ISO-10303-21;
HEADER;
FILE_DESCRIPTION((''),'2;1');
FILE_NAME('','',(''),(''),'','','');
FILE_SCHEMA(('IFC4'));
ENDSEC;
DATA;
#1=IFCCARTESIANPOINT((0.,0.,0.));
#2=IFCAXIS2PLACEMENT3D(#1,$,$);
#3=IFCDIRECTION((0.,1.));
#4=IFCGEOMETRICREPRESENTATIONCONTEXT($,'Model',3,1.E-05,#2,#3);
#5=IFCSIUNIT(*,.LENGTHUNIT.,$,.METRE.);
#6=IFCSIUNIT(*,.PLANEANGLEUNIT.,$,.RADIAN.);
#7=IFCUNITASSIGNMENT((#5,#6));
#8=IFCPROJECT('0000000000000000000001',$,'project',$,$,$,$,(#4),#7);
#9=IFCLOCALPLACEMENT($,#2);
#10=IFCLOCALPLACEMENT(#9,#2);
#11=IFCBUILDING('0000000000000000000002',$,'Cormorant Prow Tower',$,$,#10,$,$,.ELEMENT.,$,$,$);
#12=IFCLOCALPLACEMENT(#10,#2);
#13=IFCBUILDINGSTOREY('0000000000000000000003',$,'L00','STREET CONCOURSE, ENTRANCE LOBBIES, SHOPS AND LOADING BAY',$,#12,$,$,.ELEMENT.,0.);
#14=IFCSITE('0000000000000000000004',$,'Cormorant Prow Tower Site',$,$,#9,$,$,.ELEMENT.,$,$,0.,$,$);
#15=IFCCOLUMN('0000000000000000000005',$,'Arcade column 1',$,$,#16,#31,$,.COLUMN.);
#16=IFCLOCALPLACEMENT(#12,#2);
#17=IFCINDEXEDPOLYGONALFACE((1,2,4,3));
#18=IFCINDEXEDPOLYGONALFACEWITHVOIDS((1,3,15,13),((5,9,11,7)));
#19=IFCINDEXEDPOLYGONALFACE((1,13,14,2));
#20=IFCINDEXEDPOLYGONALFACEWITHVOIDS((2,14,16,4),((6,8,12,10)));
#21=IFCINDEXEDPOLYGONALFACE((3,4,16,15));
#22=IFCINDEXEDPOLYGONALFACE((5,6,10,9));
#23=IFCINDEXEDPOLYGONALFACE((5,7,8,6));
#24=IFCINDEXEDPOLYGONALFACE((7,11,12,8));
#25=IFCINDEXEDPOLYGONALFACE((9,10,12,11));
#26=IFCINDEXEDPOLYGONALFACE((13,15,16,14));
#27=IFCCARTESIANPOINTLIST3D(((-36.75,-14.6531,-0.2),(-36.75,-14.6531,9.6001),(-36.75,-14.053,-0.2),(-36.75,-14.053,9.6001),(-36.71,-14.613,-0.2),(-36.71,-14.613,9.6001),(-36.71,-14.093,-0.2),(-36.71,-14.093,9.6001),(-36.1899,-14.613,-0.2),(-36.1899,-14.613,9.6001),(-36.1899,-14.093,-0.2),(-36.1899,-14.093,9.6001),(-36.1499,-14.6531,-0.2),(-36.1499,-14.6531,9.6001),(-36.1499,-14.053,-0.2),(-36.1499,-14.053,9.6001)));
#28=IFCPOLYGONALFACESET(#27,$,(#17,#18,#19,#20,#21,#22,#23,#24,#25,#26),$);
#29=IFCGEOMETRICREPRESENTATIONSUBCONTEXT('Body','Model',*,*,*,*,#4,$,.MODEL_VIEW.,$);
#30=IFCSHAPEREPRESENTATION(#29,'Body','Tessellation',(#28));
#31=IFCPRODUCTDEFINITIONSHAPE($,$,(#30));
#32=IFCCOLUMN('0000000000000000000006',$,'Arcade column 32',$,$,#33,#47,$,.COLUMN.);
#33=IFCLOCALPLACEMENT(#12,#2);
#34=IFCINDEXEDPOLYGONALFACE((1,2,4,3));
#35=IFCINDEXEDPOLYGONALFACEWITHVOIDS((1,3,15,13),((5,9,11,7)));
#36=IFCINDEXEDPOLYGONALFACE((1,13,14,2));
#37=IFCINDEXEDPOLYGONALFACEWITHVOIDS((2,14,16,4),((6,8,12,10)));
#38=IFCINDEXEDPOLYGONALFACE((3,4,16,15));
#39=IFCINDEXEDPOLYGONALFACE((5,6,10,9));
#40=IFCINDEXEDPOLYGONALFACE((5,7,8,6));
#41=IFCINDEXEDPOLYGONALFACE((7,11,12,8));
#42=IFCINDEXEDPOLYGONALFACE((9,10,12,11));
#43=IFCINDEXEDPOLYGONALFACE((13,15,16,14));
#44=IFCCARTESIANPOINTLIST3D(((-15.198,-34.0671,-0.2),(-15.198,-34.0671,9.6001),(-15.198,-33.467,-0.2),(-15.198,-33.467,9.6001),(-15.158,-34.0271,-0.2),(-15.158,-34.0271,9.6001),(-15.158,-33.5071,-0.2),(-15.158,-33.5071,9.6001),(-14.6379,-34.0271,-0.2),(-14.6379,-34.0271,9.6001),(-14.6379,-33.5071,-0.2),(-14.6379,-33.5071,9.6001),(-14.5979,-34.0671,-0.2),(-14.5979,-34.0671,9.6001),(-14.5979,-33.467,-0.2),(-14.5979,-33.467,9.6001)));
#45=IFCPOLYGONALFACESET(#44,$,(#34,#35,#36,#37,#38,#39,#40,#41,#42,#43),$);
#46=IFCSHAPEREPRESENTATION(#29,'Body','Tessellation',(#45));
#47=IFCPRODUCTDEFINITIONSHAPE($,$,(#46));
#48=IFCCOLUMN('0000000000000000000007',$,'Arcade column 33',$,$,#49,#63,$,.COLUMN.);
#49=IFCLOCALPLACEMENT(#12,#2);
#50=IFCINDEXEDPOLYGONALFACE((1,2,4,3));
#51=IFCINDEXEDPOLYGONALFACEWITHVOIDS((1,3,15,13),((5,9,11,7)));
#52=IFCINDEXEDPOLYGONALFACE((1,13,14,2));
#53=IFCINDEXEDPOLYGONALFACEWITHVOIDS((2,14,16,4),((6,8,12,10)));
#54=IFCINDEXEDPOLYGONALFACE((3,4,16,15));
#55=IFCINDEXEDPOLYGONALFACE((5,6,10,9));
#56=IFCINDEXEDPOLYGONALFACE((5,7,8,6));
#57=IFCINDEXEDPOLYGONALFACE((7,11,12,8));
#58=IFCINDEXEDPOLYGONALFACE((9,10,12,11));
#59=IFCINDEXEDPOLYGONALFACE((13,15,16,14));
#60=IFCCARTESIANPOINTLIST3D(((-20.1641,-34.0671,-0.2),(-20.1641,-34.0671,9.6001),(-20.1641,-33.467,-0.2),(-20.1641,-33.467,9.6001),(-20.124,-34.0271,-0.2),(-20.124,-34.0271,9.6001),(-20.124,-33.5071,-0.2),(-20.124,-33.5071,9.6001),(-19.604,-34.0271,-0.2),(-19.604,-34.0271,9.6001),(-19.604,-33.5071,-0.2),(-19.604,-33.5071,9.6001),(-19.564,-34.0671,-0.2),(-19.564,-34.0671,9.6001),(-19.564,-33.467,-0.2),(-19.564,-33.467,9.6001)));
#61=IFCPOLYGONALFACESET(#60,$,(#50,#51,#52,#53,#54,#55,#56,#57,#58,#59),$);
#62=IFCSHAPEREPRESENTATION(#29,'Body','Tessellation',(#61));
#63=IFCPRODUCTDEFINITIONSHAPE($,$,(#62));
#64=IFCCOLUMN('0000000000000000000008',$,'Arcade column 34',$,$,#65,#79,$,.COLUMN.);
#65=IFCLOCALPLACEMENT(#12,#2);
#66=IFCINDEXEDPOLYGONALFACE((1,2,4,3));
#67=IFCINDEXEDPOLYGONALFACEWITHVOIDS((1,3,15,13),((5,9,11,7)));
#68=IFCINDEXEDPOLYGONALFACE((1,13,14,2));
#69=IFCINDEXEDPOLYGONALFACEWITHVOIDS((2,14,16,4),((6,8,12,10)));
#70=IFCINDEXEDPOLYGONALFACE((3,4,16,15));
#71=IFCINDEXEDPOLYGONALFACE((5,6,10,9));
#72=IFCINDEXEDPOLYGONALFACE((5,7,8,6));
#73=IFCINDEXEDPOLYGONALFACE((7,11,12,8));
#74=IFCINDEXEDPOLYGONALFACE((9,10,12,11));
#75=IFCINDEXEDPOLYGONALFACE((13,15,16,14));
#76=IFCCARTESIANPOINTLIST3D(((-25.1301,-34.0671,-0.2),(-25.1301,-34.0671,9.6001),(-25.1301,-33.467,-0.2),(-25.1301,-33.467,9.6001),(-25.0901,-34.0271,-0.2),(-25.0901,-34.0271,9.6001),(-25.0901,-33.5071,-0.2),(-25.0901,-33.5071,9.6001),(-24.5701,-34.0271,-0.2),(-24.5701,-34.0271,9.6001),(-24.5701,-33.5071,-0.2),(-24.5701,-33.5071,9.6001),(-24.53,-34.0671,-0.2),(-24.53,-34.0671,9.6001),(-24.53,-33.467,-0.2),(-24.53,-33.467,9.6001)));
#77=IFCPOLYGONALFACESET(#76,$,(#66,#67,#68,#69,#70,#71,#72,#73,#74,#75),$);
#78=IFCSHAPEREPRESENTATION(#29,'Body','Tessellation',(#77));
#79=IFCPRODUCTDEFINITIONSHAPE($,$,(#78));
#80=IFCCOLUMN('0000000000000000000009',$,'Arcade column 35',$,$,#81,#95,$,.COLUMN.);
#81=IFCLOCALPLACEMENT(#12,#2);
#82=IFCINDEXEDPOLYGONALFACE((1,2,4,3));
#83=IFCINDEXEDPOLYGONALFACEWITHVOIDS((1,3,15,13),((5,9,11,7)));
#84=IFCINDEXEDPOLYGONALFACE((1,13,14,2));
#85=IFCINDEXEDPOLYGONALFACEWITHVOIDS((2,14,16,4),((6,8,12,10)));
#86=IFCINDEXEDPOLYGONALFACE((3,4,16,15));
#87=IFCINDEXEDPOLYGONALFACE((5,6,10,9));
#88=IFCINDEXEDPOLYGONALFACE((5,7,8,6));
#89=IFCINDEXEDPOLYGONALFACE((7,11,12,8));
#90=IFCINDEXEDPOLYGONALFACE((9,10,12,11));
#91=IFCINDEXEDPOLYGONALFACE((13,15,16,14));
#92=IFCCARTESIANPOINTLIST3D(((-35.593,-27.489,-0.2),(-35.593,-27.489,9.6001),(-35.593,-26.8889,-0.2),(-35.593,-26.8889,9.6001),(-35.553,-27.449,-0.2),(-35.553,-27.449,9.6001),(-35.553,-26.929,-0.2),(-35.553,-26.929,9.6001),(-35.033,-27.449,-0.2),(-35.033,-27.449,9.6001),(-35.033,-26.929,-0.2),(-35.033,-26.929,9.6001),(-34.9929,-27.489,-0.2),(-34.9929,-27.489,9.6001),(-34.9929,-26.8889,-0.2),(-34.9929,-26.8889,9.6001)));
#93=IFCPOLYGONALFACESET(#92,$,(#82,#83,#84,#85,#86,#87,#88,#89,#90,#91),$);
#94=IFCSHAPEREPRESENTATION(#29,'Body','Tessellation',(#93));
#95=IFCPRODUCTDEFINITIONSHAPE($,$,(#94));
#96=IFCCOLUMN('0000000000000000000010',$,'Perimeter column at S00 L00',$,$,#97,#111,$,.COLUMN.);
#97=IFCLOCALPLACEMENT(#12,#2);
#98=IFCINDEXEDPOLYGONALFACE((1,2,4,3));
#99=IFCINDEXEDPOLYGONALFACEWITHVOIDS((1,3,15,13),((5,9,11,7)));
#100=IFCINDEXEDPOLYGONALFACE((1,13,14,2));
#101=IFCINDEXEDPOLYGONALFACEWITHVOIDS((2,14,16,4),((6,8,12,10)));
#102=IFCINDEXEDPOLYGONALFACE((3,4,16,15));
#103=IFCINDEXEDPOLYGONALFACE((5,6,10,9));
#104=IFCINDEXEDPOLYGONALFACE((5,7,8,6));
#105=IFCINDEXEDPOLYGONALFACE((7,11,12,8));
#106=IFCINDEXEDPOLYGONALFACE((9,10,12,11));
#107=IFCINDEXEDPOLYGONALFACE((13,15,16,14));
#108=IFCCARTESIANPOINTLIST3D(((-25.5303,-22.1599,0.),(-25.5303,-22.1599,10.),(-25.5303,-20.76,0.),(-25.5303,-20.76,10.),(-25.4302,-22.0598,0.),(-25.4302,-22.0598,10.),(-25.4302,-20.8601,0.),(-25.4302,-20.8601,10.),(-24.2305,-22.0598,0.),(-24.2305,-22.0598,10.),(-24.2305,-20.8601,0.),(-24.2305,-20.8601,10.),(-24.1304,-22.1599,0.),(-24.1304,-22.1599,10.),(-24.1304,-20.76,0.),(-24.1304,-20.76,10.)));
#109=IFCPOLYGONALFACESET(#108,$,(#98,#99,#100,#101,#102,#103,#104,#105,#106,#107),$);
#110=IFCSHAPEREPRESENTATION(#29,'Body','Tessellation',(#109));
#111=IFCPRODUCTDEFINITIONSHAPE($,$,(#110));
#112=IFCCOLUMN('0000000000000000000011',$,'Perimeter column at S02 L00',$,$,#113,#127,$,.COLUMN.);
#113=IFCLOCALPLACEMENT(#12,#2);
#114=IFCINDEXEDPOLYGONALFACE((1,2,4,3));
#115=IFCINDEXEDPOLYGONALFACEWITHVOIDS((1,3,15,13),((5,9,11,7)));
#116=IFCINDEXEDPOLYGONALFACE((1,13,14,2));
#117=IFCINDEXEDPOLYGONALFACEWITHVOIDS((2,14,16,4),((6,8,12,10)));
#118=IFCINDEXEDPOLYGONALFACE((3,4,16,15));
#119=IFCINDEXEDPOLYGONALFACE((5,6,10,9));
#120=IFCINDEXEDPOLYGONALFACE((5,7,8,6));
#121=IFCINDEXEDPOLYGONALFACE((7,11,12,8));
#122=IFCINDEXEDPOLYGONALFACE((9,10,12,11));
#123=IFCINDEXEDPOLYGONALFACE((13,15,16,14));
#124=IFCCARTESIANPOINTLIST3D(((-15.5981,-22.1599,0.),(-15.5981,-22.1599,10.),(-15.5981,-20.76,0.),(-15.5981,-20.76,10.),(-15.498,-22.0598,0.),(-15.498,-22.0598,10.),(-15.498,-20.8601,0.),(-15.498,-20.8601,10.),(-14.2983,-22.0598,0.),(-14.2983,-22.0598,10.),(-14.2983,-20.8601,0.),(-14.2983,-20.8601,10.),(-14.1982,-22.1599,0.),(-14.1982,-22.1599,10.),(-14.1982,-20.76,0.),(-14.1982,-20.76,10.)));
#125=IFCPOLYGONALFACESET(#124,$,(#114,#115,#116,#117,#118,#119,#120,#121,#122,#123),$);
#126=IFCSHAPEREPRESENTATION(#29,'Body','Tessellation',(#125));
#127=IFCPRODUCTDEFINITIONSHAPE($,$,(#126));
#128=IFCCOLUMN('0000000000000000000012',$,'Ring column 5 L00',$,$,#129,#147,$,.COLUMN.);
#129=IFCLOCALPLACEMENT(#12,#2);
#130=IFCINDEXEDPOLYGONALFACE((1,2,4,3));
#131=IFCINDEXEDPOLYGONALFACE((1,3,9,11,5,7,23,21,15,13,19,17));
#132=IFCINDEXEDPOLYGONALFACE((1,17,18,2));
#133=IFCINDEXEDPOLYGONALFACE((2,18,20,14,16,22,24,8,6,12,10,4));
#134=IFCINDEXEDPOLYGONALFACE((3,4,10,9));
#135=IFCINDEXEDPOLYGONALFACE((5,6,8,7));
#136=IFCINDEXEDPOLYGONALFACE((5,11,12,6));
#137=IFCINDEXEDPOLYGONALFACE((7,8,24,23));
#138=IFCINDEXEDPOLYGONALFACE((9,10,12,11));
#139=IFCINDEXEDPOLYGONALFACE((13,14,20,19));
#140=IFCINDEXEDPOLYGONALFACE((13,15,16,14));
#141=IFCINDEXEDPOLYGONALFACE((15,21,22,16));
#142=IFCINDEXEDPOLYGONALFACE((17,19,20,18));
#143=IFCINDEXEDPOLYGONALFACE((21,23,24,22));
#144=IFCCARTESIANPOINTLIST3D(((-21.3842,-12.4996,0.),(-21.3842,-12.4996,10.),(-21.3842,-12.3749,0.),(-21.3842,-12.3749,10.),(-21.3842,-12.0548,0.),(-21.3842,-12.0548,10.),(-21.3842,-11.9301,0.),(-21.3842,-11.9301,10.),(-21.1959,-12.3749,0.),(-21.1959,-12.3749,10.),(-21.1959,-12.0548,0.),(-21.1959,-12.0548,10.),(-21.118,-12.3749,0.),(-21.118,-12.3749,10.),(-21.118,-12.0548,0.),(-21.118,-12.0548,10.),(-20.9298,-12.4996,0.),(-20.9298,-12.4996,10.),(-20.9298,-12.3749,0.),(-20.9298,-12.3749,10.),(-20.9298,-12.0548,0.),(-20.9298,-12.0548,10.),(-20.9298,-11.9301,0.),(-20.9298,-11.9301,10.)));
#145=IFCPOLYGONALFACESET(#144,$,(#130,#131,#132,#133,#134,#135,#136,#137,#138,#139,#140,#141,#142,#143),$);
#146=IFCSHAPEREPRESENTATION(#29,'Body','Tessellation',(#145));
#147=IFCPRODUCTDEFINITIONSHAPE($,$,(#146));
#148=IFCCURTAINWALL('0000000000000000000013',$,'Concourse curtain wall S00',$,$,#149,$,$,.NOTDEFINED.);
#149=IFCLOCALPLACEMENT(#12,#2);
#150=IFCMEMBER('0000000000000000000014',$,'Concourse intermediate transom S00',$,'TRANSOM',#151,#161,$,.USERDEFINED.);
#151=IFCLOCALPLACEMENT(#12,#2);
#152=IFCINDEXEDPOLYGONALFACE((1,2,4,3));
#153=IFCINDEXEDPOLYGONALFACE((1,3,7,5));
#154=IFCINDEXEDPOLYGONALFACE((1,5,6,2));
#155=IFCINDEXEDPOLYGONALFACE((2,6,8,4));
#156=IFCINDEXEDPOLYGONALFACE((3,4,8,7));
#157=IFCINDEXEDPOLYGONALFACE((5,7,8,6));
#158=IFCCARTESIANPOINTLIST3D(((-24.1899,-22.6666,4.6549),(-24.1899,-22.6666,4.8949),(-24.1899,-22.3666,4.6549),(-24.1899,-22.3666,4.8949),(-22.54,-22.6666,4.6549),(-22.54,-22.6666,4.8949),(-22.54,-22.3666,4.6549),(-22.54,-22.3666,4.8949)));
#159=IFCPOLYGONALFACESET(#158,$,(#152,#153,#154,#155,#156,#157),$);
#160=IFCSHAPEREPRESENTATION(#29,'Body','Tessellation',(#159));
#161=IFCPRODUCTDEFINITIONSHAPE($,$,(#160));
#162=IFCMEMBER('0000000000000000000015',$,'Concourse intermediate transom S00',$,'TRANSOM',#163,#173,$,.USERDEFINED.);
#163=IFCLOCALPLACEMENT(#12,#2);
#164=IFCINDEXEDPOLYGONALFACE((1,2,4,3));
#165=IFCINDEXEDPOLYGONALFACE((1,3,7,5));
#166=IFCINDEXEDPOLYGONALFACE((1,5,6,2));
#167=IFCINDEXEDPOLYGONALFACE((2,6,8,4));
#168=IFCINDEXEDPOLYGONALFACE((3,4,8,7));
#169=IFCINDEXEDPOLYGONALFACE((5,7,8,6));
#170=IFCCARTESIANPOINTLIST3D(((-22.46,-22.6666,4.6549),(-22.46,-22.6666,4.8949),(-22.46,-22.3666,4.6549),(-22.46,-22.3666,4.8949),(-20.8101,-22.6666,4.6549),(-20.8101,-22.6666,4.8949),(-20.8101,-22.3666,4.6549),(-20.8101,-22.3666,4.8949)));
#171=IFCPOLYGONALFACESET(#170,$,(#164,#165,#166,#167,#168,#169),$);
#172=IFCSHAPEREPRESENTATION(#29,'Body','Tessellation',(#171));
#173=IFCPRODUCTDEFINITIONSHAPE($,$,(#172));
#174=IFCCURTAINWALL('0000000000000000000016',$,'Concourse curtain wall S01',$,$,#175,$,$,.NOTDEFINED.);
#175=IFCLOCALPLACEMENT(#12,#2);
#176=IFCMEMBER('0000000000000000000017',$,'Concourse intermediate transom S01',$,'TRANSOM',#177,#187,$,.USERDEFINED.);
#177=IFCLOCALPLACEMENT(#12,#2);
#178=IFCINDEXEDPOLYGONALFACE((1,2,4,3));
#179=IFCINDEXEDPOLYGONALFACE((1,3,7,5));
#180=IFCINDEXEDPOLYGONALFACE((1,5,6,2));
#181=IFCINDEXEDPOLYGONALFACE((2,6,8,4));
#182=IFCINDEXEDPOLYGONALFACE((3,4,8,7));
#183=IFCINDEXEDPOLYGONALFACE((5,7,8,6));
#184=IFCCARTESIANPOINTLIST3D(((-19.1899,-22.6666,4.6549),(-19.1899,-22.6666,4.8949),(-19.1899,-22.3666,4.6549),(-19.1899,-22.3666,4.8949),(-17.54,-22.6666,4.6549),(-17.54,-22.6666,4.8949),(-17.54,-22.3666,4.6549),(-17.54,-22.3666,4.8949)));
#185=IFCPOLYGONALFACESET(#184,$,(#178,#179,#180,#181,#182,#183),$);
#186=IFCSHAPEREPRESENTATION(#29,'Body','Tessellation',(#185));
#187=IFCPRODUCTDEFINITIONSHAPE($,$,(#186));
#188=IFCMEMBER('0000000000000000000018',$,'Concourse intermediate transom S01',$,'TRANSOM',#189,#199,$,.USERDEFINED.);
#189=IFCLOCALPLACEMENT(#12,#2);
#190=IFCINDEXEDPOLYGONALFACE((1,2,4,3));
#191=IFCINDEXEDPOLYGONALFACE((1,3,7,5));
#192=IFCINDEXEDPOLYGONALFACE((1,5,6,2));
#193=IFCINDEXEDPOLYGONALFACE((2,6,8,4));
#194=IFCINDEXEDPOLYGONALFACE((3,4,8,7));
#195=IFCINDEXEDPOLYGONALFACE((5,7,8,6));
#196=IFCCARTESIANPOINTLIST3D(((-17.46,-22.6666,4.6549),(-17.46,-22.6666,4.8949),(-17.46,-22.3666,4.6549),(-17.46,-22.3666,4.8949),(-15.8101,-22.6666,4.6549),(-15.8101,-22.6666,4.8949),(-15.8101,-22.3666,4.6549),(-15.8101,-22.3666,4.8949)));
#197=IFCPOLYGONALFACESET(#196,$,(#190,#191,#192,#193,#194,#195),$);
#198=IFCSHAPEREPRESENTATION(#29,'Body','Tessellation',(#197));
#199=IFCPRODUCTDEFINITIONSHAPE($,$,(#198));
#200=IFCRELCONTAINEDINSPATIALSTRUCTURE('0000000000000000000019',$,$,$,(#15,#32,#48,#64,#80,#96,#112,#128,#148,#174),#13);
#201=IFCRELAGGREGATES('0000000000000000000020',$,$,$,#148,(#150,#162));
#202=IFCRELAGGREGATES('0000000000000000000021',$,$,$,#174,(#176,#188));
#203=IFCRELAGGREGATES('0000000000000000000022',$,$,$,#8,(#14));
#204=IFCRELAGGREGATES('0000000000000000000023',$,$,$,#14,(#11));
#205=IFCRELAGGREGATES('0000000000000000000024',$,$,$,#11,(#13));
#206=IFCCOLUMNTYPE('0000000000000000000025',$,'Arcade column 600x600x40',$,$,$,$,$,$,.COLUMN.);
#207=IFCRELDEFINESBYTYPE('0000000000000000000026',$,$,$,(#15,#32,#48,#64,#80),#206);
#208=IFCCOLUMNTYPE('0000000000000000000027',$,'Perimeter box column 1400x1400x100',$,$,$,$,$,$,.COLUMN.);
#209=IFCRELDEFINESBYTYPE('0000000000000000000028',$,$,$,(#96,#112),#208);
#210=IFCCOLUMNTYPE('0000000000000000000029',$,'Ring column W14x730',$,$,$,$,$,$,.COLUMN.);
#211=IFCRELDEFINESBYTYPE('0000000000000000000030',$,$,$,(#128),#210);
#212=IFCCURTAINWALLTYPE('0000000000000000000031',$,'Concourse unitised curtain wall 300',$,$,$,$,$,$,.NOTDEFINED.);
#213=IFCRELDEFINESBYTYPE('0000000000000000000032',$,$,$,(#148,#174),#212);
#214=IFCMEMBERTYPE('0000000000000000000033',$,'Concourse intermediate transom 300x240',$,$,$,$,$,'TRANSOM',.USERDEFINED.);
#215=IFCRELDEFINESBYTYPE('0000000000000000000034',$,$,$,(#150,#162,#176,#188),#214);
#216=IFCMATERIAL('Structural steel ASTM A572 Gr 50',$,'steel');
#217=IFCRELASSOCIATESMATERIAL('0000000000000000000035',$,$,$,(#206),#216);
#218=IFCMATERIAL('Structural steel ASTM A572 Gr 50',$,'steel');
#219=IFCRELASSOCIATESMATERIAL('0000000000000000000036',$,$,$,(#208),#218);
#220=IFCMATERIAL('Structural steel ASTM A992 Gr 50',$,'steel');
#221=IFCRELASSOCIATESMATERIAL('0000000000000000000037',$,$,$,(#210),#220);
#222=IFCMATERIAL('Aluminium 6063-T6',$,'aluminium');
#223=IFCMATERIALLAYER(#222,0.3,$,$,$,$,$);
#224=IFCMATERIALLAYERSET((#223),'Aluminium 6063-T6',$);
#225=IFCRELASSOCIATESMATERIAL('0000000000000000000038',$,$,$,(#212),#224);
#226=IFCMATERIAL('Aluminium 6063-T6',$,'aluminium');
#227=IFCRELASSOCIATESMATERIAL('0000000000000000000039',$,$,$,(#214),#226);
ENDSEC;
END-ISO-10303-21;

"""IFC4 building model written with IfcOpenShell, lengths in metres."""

from ifc_helpers import new_model, si_unit, direction, frame, origin, origin_2d, place, context, subcontext, project, spatial, rectangle, hollow_rectangle, i_section, extrude, material, layer, layer_set, material_profile, profile_set, type_object, element, aggregate, save


model = new_model("IFC4")

# Units and contexts
model_context = context("Model", 3, precision=1e-05, world=origin(), true_north=direction((0.0, 1.0)))
body_context = subcontext(model_context, "Body", "Model", "MODEL_VIEW")
ifc_project = project(units=[si_unit("LENGTHUNIT", "METRE"), si_unit("PLANEANGLEUNIT", "RADIAN")], contexts=[model_context])

# Site, building, storey
site_placement = place(None, origin())
site = spatial("IfcSite", under=ifc_project, at=site_placement, Name="Cormorant Prow Tower Site", CompositionType="ELEMENT", RefElevation=0.0)
building_placement = place(site_placement, origin())
building = spatial("IfcBuilding", under=site, at=building_placement, Name="Cormorant Prow Tower", CompositionType="ELEMENT")
storey_placement = place(building_placement, origin())
storey = spatial("IfcBuildingStorey", under=building, at=storey_placement, Name="L00", Description="STREET CONCOURSE, ENTRANCE LOBBIES, SHOPS AND LOADING BAY", CompositionType="ELEMENT", Elevation=0.0)

# Columns
ifc_material_1 = material(Name="Structural steel ASTM A572 Gr 50", Category="steel")
ifc_material_profile_1 = material_profile(ifc_material_1, hollow_rectangle(XDim=0.6001, YDim=0.6001, WallThickness=0.04, at=origin_2d()), Name="Box 600x600x40")
ifc_profile_set_1 = profile_set([ifc_material_profile_1], Name="Structural steel ASTM A572 Gr 50")
column_type_1 = type_object("IfcColumnType", Name="Arcade column 600x600x40", PredefinedType="COLUMN", material=ifc_profile_set_1)
for number, where, z_axis, x_axis, name in (
    (1, (-36.45, -14.353, -0.2), (0.0, 0.0, 1.0), (1.0, 0.0, 0.0), "Arcade column 1"),
    (2, (-14.8979, -33.7671, -0.2), (0.0, 0.0, 1.0), (1.0, 0.0, 0.0), "Arcade column 32"),
    (3, (-19.864, -33.7671, -0.2), (0.0, 0.0, 1.0), (1.0, 0.0, 0.0), "Arcade column 33"),
    (4, (-24.8301, -33.7671, -0.2), (0.0, 0.0, 1.0), (1.0, 0.0, 0.0), "Arcade column 34"),
    (5, (-35.293, -27.189, -0.2), (0.0, 0.0, 1.0), (1.0, 0.0, 0.0), "Arcade column 35"),
):
    element("IfcColumn", number, at=place(storey_placement, frame(where, z_axis=z_axis, x_axis=x_axis)), inside=storey, type_object=column_type_1, Name=name, PredefinedType="COLUMN", context=body_context, shape_type="SweptSolid", body=[
        extrude(hollow_rectangle(XDim=0.6001, YDim=0.6001, WallThickness=0.04, at=origin_2d()), origin(), (0.0, 0.0, 1.0), 9.8),
    ])
ifc_material_2 = material(Name="Structural steel ASTM A572 Gr 50", Category="steel")
ifc_material_profile_2 = material_profile(ifc_material_2, hollow_rectangle(XDim=1.3999, YDim=1.3999, WallThickness=0.1001, at=origin_2d()), Name="Box 1400x1400x100")
ifc_profile_set_2 = profile_set([ifc_material_profile_2], Name="Structural steel ASTM A572 Gr 50")
column_type_2 = type_object("IfcColumnType", Name="Perimeter box column 1400x1400x100", PredefinedType="COLUMN", material=ifc_profile_set_2)
for number, where, z_axis, x_axis, name in (
    (6, (-24.8303, -21.46, 0.0), (0.0, 0.0, 1.0), (1.0, 0.0, 0.0), "Perimeter column at S00 L00"),
    (7, (-14.8982, -21.46, 0.0), (0.0, 0.0, 1.0), (1.0, 0.0, 0.0), "Perimeter column at S02 L00"),
):
    element("IfcColumn", number, at=place(storey_placement, frame(where, z_axis=z_axis, x_axis=x_axis)), inside=storey, type_object=column_type_2, Name=name, PredefinedType="COLUMN", context=body_context, shape_type="SweptSolid", body=[
        extrude(hollow_rectangle(XDim=1.3999, YDim=1.3999, WallThickness=0.1001, at=origin_2d()), origin(), (0.0, 0.0, 1.0), 10.0),
    ])
ifc_material_3 = material(Name="Structural steel ASTM A992 Gr 50", Category="steel")
ifc_material_profile_3 = material_profile(ifc_material_3, i_section(OverallWidth=0.4543, OverallDepth=0.5696, WebThickness=0.0779, FlangeThickness=0.1248, at=origin_2d()), Name="W14x730")
ifc_profile_set_3 = profile_set([ifc_material_profile_3], Name="Structural steel ASTM A992 Gr 50")
column_type_3 = type_object("IfcColumnType", Name="Ring column W14x730", PredefinedType="COLUMN", material=ifc_profile_set_3)
column_placement = place(storey_placement, frame((-21.157, -12.2148, 0.0), z_axis=(0.0, 0.0, 1.0), x_axis=(1.0, 0.0, 0.0)))
element("IfcColumn", 8, at=column_placement, inside=storey, type_object=column_type_3, Name="Ring column 5 L00", PredefinedType="COLUMN", context=body_context, shape_type="SweptSolid", body=[
    extrude(i_section(OverallWidth=0.4543, OverallDepth=0.5696, WebThickness=0.0779, FlangeThickness=0.1248, at=origin_2d()), origin(), (0.0, 0.0, 1.0), 10.0),
])

# Curtain walls, members
ifc_material_4 = material(Name="Aluminium 6063-T6", Category="aluminium")
ifc_layer_1 = layer(ifc_material_4, 0.3)
ifc_layer_set_1 = layer_set([ifc_layer_1], Name="Aluminium 6063-T6")
curtain_wall_type = type_object("IfcCurtainWallType", Name="Concourse unitised curtain wall 300", PredefinedType="NOTDEFINED", material=ifc_layer_set_1)
curtain_wall_1_placement = place(storey_placement, origin())
curtain_wall_1 = element("IfcCurtainWall", 9, at=curtain_wall_1_placement, inside=storey, type_object=curtain_wall_type, Name="Concourse curtain wall S00", PredefinedType="NOTDEFINED")
ifc_material_5 = material(Name="Aluminium 6063-T6", Category="aluminium")
ifc_material_profile_4 = material_profile(ifc_material_5, rectangle(XDim=0.3, YDim=0.24, at=origin_2d()), Name="Concourse intermediate transom 300x240")
ifc_profile_set_4 = profile_set([ifc_material_profile_4], Name="Aluminium 6063-T6")
member_type_1 = type_object("IfcMemberType", Name="Concourse intermediate transom 300x240", ElementType="TRANSOM", PredefinedType="USERDEFINED", material=ifc_profile_set_4)
member_1_placement = place(storey_placement, frame((-24.1899, -22.5166, 4.7749), z_axis=(1.0, 0.0, 0.0), x_axis=(0.0, 1.0, 0.0)))
member_1 = element("IfcMember", 10, at=member_1_placement, type_object=member_type_1, Name="Concourse intermediate transom S00", ObjectType="TRANSOM", PredefinedType="USERDEFINED", context=body_context, shape_type="SweptSolid", body=[
    extrude(rectangle(XDim=0.3, YDim=0.24, at=origin_2d()), origin(), (0.0, 0.0, 1.0), 1.6499),
])
member_2_placement = place(storey_placement, frame((-22.46, -22.5166, 4.7749), z_axis=(1.0, 0.0, 0.0), x_axis=(0.0, 1.0, 0.0)))
member_2 = element("IfcMember", 11, at=member_2_placement, type_object=member_type_1, Name="Concourse intermediate transom S00", ObjectType="TRANSOM", PredefinedType="USERDEFINED", context=body_context, shape_type="SweptSolid", body=[
    extrude(rectangle(XDim=0.3, YDim=0.24, at=origin_2d()), origin(), (0.0, 0.0, 1.0), 1.6499),
])
curtain_wall_2_placement = place(storey_placement, origin())
curtain_wall_2 = element("IfcCurtainWall", 12, at=curtain_wall_2_placement, inside=storey, type_object=curtain_wall_type, Name="Concourse curtain wall S01", PredefinedType="NOTDEFINED")
member_3_placement = place(storey_placement, frame((-19.1899, -22.5166, 4.7749), z_axis=(1.0, 0.0, 0.0), x_axis=(0.0, 1.0, 0.0)))
member_3 = element("IfcMember", 13, at=member_3_placement, type_object=member_type_1, Name="Concourse intermediate transom S01", ObjectType="TRANSOM", PredefinedType="USERDEFINED", context=body_context, shape_type="SweptSolid", body=[
    extrude(rectangle(XDim=0.3, YDim=0.24, at=origin_2d()), origin(), (0.0, 0.0, 1.0), 1.6499),
])
member_4_placement = place(storey_placement, frame((-17.46, -22.5166, 4.7749), z_axis=(1.0, 0.0, 0.0), x_axis=(0.0, 1.0, 0.0)))
member_4 = element("IfcMember", 14, at=member_4_placement, type_object=member_type_1, Name="Concourse intermediate transom S01", ObjectType="TRANSOM", PredefinedType="USERDEFINED", context=body_context, shape_type="SweptSolid", body=[
    extrude(rectangle(XDim=0.3, YDim=0.24, at=origin_2d()), origin(), (0.0, 0.0, 1.0), 1.6499),
])

aggregate(curtain_wall_1, [member_1, member_2])
aggregate(curtain_wall_2, [member_3, member_4])

save(model, "model.ifc")
